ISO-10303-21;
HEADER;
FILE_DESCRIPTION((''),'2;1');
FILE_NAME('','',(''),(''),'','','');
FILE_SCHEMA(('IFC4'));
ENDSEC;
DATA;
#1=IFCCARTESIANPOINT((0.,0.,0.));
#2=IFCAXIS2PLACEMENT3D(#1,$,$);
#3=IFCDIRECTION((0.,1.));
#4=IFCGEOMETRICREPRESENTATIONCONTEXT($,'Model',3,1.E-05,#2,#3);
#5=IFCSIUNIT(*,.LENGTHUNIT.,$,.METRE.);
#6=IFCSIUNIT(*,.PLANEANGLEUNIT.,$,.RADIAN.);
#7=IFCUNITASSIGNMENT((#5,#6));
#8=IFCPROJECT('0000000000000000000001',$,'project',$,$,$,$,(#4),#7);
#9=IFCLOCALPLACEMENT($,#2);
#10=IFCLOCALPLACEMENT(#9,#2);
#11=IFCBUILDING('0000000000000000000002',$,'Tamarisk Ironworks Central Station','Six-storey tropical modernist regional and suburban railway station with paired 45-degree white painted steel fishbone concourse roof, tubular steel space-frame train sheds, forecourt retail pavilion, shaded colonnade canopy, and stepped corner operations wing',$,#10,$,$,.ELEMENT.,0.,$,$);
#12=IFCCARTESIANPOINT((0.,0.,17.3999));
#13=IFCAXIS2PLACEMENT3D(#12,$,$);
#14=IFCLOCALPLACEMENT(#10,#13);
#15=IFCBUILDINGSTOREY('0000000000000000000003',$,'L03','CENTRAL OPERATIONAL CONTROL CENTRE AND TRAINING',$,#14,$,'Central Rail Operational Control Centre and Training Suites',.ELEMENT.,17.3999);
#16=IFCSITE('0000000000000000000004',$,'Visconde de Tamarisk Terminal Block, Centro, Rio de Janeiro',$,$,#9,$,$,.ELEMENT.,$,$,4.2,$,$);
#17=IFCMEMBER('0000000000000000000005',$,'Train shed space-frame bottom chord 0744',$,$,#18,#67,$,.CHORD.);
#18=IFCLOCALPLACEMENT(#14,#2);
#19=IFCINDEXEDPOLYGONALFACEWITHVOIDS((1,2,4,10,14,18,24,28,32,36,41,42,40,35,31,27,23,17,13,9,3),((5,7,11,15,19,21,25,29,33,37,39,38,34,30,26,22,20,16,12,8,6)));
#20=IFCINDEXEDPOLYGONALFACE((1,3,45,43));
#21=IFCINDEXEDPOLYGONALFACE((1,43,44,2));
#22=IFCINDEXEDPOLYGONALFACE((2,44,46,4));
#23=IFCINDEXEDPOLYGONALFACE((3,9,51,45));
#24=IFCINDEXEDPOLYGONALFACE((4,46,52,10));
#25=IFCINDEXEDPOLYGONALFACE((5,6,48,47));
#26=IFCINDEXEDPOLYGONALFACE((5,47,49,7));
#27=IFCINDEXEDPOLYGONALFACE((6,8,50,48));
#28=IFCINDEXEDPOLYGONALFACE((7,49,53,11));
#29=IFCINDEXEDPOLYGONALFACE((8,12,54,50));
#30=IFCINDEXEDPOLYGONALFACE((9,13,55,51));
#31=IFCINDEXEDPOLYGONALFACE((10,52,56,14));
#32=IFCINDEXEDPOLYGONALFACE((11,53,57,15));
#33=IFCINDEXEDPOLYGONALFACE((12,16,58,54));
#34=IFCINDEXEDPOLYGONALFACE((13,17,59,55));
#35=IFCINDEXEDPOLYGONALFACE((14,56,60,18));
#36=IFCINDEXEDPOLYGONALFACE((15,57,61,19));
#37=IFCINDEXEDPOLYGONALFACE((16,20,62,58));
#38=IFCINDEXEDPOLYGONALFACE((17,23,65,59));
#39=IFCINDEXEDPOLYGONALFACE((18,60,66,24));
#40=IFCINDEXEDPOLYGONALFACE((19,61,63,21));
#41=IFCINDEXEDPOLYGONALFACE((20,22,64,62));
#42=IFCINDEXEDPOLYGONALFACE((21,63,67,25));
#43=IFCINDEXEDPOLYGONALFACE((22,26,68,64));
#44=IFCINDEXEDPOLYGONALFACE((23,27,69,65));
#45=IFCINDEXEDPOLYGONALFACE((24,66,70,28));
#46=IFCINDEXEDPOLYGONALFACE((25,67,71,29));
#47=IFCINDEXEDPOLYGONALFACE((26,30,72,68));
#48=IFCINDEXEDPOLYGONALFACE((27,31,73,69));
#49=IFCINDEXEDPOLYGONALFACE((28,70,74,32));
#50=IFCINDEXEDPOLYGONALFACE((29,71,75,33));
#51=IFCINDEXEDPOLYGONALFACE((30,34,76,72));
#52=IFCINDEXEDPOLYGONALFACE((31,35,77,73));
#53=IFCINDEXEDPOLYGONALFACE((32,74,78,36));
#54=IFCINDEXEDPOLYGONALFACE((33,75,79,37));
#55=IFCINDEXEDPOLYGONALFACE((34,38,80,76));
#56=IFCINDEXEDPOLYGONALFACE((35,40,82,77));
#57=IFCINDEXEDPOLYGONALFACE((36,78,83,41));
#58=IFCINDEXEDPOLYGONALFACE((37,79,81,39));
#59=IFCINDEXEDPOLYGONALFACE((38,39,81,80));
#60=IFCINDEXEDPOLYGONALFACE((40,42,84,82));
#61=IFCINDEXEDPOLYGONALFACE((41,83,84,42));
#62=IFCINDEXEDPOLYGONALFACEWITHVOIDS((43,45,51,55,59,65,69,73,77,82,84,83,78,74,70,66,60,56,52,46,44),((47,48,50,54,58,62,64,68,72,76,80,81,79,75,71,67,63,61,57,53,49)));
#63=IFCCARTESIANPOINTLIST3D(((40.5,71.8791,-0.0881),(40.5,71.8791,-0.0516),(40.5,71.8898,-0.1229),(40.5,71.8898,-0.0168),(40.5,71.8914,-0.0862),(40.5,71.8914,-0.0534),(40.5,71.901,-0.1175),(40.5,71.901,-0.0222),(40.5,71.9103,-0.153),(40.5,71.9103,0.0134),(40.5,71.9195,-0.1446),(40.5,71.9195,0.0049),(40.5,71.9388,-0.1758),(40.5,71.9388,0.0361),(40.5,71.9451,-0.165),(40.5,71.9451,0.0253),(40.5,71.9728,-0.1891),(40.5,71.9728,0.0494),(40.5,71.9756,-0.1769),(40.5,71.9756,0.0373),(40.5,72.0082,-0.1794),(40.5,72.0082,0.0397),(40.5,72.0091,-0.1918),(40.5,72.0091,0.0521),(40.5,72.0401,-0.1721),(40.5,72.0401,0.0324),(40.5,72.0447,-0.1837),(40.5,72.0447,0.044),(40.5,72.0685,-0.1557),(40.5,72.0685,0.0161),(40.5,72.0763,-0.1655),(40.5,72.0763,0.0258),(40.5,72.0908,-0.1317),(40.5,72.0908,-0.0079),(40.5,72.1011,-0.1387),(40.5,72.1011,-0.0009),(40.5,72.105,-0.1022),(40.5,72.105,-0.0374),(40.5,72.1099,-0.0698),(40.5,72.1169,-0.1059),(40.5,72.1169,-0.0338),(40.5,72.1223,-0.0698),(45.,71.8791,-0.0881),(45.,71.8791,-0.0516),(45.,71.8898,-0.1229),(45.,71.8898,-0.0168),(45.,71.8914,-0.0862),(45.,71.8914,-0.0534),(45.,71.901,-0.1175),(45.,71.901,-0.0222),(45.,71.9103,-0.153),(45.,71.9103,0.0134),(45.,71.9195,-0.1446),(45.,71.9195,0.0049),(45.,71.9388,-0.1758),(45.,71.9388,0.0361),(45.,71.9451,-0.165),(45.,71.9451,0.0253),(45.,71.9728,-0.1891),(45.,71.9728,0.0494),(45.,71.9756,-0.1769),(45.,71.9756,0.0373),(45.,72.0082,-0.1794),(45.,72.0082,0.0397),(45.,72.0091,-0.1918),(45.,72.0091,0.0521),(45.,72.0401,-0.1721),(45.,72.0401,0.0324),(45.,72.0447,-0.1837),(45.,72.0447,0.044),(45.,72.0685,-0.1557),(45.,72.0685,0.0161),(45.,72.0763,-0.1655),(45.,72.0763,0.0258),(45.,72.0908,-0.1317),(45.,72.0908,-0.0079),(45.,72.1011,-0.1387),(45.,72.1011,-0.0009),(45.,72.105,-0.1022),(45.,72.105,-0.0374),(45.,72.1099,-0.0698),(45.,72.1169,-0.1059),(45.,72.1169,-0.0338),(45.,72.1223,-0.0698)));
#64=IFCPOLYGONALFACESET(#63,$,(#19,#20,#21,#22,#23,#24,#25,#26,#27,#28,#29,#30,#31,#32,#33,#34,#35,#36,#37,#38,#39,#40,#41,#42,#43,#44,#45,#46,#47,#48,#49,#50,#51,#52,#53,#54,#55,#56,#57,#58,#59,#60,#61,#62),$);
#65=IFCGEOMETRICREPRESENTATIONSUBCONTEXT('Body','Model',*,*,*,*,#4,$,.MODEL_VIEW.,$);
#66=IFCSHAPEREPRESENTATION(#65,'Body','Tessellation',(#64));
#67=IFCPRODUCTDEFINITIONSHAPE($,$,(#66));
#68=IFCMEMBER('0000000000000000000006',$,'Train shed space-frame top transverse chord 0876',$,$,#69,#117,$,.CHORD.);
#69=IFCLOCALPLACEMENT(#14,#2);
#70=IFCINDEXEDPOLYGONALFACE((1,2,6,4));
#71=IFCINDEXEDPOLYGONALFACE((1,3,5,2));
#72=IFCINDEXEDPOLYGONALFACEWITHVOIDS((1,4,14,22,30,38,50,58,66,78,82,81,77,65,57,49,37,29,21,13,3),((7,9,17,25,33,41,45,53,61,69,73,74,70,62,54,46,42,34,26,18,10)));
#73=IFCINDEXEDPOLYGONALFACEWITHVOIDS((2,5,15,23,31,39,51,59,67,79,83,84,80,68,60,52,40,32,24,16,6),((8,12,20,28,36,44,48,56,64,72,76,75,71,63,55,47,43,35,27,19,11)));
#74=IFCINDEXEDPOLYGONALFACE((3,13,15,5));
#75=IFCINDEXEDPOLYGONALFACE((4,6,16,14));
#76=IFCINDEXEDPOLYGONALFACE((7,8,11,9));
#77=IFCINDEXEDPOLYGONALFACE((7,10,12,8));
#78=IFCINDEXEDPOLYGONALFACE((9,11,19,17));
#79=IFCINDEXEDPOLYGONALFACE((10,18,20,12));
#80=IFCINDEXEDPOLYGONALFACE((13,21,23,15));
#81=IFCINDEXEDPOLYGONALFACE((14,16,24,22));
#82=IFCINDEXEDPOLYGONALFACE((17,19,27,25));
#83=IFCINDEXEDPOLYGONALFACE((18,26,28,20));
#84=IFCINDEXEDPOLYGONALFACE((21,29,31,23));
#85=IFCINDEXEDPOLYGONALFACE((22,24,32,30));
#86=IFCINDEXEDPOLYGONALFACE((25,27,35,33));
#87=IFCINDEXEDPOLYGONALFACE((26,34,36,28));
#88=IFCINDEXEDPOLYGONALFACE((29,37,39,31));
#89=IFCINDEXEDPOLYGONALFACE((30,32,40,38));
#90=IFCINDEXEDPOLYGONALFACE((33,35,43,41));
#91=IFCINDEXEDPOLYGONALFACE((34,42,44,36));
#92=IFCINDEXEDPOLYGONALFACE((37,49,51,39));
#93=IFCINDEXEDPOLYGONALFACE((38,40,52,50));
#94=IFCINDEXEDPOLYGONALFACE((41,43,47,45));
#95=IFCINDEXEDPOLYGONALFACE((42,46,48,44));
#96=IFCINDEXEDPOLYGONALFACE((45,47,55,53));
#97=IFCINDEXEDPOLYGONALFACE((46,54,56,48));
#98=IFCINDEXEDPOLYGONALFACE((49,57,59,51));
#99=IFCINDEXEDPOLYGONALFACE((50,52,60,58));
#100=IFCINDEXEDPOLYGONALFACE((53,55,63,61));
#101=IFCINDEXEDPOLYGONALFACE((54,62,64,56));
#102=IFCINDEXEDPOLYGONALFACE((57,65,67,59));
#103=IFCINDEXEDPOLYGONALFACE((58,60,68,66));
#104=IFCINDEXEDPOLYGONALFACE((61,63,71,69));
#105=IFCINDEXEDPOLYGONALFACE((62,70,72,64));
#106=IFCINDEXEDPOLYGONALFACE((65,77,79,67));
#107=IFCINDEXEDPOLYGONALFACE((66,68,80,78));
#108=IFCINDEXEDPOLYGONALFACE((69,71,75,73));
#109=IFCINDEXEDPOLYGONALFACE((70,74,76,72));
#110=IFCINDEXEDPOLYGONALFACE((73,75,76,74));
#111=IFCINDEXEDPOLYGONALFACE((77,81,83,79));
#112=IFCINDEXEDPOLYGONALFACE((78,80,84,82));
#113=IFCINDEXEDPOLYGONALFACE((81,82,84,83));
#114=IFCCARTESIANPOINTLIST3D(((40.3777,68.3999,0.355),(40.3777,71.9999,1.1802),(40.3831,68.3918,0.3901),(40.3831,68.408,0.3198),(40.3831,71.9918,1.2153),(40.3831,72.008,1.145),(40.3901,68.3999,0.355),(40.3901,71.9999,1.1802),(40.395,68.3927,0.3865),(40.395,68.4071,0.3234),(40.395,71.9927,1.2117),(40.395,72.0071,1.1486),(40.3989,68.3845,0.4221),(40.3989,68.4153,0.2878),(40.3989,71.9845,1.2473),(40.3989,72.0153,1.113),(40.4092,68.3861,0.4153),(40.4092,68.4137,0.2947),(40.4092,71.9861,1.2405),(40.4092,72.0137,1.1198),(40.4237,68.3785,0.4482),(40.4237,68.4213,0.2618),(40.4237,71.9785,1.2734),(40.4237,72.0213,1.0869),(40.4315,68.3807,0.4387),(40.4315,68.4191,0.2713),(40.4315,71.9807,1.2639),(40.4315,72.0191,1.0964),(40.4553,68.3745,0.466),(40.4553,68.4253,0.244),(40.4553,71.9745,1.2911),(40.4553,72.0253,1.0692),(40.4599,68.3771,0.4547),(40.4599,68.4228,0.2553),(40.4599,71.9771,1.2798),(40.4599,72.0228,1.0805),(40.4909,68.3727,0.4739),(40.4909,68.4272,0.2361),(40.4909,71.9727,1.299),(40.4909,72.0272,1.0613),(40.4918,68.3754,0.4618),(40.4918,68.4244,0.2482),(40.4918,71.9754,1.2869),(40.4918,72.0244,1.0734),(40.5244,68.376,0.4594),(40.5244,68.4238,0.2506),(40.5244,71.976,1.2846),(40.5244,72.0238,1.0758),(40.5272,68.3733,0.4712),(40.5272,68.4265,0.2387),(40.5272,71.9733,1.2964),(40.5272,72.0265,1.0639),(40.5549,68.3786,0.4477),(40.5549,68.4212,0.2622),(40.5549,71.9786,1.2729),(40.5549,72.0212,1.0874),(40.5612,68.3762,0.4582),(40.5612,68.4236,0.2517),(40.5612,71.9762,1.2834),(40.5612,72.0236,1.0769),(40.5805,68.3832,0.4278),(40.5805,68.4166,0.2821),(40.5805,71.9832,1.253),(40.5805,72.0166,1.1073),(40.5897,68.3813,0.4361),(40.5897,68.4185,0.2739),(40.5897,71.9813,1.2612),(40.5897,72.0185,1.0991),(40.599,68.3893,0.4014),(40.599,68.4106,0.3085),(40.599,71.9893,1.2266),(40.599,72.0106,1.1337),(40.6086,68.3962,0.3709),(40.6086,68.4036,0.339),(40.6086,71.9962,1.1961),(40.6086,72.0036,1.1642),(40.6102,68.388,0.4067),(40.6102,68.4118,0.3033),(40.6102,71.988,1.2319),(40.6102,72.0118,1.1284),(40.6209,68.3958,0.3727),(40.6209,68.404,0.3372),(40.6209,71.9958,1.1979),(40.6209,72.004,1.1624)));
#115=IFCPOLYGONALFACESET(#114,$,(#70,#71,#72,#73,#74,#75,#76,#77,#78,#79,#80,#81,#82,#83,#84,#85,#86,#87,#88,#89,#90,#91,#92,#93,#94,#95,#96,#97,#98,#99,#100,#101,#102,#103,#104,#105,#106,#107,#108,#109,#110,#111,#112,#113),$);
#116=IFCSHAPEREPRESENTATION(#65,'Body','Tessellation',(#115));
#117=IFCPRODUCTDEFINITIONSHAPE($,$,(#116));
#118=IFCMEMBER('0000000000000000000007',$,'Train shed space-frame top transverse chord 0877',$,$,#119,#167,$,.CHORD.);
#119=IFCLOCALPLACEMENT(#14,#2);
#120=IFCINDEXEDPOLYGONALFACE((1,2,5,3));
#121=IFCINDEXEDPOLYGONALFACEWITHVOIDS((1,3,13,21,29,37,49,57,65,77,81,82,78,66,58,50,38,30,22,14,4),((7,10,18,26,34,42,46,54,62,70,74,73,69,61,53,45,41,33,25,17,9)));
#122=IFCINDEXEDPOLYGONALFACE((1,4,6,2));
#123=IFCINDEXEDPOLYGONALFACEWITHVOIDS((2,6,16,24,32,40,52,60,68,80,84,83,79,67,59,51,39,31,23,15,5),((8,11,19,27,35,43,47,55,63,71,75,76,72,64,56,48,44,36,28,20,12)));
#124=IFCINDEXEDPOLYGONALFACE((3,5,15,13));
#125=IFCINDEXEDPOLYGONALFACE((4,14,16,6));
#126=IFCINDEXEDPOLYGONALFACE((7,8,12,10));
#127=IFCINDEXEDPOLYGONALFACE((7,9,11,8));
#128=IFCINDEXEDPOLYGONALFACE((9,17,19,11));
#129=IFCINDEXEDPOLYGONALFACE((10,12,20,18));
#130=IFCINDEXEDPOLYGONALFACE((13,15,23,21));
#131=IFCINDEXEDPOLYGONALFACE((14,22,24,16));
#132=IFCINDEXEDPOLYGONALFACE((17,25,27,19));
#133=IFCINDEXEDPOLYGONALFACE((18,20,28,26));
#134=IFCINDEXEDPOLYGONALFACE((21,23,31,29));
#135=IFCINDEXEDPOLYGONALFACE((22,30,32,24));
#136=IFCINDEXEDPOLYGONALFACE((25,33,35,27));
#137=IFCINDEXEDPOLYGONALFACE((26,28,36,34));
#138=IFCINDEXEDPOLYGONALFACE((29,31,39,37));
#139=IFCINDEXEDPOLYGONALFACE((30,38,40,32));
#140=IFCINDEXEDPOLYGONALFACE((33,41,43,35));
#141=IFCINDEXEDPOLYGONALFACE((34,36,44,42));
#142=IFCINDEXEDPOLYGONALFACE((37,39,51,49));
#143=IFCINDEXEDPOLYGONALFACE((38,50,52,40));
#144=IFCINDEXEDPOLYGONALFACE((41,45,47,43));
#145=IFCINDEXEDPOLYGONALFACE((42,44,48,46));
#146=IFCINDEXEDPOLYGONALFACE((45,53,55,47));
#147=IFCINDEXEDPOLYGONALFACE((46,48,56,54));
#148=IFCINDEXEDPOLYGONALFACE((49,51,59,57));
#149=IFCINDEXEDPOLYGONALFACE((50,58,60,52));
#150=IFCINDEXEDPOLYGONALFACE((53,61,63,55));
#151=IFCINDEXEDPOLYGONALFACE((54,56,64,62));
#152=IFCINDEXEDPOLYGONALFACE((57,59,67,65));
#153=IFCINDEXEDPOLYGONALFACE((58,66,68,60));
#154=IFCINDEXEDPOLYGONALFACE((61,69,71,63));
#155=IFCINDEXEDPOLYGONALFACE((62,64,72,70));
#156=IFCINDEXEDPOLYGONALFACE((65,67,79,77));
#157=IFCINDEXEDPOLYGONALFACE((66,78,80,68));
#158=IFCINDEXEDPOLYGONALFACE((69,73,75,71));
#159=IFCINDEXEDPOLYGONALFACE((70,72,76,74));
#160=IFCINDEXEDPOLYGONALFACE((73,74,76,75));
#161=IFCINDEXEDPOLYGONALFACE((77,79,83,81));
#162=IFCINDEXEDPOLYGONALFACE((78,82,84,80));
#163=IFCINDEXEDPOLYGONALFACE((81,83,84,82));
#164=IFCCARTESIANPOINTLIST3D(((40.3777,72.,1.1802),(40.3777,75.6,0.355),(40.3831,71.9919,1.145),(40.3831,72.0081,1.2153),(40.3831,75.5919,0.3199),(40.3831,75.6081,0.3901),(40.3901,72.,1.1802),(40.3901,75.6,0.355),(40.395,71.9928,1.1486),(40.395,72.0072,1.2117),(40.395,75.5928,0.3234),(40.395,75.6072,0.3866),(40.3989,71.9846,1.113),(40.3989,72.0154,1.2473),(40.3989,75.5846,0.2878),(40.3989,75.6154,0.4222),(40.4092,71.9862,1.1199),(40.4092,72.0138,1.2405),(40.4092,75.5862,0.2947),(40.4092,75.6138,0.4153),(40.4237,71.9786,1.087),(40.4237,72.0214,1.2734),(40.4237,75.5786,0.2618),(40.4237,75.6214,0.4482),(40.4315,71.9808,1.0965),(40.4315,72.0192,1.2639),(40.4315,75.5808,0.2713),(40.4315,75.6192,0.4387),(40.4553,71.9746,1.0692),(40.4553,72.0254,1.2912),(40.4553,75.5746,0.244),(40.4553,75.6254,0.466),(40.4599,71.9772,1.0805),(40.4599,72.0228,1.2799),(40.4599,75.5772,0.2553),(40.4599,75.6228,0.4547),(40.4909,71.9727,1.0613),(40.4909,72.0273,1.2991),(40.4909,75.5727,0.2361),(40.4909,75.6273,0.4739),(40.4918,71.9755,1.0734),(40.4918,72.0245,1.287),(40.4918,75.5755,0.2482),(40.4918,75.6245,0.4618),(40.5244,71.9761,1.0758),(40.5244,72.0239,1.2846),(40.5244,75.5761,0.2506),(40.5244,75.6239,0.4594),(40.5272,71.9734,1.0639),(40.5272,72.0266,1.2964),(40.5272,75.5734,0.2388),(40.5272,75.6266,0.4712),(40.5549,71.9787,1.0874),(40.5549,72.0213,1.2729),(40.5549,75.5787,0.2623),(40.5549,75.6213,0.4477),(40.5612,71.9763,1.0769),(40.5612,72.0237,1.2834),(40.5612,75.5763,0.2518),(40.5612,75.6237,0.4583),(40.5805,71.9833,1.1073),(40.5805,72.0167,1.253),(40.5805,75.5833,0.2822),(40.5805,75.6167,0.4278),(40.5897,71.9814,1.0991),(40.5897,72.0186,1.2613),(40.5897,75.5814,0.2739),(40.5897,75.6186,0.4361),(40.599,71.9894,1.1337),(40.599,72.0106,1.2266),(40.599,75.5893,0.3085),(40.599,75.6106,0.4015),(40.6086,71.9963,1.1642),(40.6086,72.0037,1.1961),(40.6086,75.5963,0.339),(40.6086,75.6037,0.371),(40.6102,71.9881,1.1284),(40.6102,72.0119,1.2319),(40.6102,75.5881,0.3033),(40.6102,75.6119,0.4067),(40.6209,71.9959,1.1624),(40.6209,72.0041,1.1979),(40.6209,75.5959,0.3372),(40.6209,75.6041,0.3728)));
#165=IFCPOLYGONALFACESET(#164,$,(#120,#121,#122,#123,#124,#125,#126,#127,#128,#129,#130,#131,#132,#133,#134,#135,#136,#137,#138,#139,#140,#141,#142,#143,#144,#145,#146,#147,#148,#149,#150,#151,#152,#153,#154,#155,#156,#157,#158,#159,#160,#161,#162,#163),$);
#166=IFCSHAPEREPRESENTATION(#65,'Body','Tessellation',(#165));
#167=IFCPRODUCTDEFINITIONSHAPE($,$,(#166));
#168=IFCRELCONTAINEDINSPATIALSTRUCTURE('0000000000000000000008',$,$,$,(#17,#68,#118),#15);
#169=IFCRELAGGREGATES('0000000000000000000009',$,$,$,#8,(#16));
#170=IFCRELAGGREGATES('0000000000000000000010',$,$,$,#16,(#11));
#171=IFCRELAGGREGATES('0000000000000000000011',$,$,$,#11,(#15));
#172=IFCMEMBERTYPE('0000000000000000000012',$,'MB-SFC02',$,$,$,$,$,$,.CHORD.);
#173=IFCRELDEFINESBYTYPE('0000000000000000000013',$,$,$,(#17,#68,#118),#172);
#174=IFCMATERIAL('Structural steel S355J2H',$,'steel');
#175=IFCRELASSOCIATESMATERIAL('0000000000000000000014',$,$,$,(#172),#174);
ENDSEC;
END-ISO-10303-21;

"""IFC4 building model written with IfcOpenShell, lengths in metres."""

from ifc_helpers import new_model, si_unit, direction, frame, origin, origin_2d, place, context, subcontext, project, spatial, hollow_circle, extrude, material, material_profile, profile_set, type_object, element, save


model = new_model("IFC4")

# Units and contexts
model_context = context("Model", 3, precision=1e-05, world=origin(), true_north=direction((0.0, 1.0)))
body_context = subcontext(model_context, "Body", "Model", "MODEL_VIEW")
ifc_project = project(units=[si_unit("LENGTHUNIT", "METRE"), si_unit("PLANEANGLEUNIT", "RADIAN")], contexts=[model_context])

# Site, building, storey
site_placement = place(None, origin())
site = spatial("IfcSite", under=ifc_project, at=site_placement, Name="Visconde de Tamarisk Terminal Block, Centro, Rio de Janeiro", CompositionType="ELEMENT", RefElevation=4.2)
building_placement = place(site_placement, origin())
building = spatial("IfcBuilding", under=site, at=building_placement, Name="Tamarisk Ironworks Central Station", Description="Six-storey tropical modernist regional and suburban railway station with paired 45-degree white painted steel fishbone concourse roof, tubular steel space-frame train sheds, forecourt retail pavilion, shaded colonnade canopy, and stepped corner operations wing", CompositionType="ELEMENT", ElevationOfRefHeight=0.0)
storey_placement = place(building_placement, frame((0.0, 0.0, 17.3999)))
storey = spatial("IfcBuildingStorey", under=building, at=storey_placement, Name="L03", Description="CENTRAL OPERATIONAL CONTROL CENTRE AND TRAINING", LongName="Central Rail Operational Control Centre and Training Suites", CompositionType="ELEMENT", Elevation=17.3999)

# Members
ifc_material_1 = material(Name="Structural steel S355J2H", Category="steel")
ifc_material_profile_1 = material_profile(ifc_material_1, hollow_circle(Radius=0.1223, WallThickness=0.0125, at=origin_2d()), Name="CHS 244.5x12.5")
ifc_profile_set_1 = profile_set([ifc_material_profile_1], Name="Structural steel S355J2H")
member_type_1 = type_object("IfcMemberType", Name="MB-SFC02", PredefinedType="CHORD", material=ifc_profile_set_1)
for number, where, z_axis, x_axis, name in (
    (1, (40.5, 72.0, -0.0698), (1.0, 0.0, 0.0), (0.0, 1.0, 0.0), "Train shed space-frame bottom chord 0744"),
):
    element("IfcMember", number, at=place(storey_placement, frame(where, z_axis=z_axis, x_axis=x_axis)), inside=storey, type_object=member_type_1, Name=name, PredefinedType="CHORD", context=body_context, shape_type="SweptSolid", body=[
        extrude(hollow_circle(Radius=0.1223, WallThickness=0.0125, at=origin_2d()), origin(), (0.0, 0.0, 1.0), 4.5),
    ])
for number, where, z_axis, x_axis, name in (
    (2, (40.5, 68.3999, 0.355), (0.0, 0.974722, 0.223421), (-1.0, 0.0, 0.0), "Train shed space-frame top transverse chord 0876"),
    (3, (40.5, 72.0, 1.1802), (0.0, 0.974722, -0.223421), (-1.0, 0.0, 0.0), "Train shed space-frame top transverse chord 0877"),
):
    element("IfcMember", number, at=place(storey_placement, frame(where, z_axis=z_axis, x_axis=x_axis)), inside=storey, type_object=member_type_1, Name=name, PredefinedType="CHORD", context=body_context, shape_type="SweptSolid", body=[
        extrude(hollow_circle(Radius=0.1223, WallThickness=0.0125, at=origin_2d()), origin(), (0.0, 0.0, 1.0), 3.6934),
    ])

save(model, "model.ifc")
